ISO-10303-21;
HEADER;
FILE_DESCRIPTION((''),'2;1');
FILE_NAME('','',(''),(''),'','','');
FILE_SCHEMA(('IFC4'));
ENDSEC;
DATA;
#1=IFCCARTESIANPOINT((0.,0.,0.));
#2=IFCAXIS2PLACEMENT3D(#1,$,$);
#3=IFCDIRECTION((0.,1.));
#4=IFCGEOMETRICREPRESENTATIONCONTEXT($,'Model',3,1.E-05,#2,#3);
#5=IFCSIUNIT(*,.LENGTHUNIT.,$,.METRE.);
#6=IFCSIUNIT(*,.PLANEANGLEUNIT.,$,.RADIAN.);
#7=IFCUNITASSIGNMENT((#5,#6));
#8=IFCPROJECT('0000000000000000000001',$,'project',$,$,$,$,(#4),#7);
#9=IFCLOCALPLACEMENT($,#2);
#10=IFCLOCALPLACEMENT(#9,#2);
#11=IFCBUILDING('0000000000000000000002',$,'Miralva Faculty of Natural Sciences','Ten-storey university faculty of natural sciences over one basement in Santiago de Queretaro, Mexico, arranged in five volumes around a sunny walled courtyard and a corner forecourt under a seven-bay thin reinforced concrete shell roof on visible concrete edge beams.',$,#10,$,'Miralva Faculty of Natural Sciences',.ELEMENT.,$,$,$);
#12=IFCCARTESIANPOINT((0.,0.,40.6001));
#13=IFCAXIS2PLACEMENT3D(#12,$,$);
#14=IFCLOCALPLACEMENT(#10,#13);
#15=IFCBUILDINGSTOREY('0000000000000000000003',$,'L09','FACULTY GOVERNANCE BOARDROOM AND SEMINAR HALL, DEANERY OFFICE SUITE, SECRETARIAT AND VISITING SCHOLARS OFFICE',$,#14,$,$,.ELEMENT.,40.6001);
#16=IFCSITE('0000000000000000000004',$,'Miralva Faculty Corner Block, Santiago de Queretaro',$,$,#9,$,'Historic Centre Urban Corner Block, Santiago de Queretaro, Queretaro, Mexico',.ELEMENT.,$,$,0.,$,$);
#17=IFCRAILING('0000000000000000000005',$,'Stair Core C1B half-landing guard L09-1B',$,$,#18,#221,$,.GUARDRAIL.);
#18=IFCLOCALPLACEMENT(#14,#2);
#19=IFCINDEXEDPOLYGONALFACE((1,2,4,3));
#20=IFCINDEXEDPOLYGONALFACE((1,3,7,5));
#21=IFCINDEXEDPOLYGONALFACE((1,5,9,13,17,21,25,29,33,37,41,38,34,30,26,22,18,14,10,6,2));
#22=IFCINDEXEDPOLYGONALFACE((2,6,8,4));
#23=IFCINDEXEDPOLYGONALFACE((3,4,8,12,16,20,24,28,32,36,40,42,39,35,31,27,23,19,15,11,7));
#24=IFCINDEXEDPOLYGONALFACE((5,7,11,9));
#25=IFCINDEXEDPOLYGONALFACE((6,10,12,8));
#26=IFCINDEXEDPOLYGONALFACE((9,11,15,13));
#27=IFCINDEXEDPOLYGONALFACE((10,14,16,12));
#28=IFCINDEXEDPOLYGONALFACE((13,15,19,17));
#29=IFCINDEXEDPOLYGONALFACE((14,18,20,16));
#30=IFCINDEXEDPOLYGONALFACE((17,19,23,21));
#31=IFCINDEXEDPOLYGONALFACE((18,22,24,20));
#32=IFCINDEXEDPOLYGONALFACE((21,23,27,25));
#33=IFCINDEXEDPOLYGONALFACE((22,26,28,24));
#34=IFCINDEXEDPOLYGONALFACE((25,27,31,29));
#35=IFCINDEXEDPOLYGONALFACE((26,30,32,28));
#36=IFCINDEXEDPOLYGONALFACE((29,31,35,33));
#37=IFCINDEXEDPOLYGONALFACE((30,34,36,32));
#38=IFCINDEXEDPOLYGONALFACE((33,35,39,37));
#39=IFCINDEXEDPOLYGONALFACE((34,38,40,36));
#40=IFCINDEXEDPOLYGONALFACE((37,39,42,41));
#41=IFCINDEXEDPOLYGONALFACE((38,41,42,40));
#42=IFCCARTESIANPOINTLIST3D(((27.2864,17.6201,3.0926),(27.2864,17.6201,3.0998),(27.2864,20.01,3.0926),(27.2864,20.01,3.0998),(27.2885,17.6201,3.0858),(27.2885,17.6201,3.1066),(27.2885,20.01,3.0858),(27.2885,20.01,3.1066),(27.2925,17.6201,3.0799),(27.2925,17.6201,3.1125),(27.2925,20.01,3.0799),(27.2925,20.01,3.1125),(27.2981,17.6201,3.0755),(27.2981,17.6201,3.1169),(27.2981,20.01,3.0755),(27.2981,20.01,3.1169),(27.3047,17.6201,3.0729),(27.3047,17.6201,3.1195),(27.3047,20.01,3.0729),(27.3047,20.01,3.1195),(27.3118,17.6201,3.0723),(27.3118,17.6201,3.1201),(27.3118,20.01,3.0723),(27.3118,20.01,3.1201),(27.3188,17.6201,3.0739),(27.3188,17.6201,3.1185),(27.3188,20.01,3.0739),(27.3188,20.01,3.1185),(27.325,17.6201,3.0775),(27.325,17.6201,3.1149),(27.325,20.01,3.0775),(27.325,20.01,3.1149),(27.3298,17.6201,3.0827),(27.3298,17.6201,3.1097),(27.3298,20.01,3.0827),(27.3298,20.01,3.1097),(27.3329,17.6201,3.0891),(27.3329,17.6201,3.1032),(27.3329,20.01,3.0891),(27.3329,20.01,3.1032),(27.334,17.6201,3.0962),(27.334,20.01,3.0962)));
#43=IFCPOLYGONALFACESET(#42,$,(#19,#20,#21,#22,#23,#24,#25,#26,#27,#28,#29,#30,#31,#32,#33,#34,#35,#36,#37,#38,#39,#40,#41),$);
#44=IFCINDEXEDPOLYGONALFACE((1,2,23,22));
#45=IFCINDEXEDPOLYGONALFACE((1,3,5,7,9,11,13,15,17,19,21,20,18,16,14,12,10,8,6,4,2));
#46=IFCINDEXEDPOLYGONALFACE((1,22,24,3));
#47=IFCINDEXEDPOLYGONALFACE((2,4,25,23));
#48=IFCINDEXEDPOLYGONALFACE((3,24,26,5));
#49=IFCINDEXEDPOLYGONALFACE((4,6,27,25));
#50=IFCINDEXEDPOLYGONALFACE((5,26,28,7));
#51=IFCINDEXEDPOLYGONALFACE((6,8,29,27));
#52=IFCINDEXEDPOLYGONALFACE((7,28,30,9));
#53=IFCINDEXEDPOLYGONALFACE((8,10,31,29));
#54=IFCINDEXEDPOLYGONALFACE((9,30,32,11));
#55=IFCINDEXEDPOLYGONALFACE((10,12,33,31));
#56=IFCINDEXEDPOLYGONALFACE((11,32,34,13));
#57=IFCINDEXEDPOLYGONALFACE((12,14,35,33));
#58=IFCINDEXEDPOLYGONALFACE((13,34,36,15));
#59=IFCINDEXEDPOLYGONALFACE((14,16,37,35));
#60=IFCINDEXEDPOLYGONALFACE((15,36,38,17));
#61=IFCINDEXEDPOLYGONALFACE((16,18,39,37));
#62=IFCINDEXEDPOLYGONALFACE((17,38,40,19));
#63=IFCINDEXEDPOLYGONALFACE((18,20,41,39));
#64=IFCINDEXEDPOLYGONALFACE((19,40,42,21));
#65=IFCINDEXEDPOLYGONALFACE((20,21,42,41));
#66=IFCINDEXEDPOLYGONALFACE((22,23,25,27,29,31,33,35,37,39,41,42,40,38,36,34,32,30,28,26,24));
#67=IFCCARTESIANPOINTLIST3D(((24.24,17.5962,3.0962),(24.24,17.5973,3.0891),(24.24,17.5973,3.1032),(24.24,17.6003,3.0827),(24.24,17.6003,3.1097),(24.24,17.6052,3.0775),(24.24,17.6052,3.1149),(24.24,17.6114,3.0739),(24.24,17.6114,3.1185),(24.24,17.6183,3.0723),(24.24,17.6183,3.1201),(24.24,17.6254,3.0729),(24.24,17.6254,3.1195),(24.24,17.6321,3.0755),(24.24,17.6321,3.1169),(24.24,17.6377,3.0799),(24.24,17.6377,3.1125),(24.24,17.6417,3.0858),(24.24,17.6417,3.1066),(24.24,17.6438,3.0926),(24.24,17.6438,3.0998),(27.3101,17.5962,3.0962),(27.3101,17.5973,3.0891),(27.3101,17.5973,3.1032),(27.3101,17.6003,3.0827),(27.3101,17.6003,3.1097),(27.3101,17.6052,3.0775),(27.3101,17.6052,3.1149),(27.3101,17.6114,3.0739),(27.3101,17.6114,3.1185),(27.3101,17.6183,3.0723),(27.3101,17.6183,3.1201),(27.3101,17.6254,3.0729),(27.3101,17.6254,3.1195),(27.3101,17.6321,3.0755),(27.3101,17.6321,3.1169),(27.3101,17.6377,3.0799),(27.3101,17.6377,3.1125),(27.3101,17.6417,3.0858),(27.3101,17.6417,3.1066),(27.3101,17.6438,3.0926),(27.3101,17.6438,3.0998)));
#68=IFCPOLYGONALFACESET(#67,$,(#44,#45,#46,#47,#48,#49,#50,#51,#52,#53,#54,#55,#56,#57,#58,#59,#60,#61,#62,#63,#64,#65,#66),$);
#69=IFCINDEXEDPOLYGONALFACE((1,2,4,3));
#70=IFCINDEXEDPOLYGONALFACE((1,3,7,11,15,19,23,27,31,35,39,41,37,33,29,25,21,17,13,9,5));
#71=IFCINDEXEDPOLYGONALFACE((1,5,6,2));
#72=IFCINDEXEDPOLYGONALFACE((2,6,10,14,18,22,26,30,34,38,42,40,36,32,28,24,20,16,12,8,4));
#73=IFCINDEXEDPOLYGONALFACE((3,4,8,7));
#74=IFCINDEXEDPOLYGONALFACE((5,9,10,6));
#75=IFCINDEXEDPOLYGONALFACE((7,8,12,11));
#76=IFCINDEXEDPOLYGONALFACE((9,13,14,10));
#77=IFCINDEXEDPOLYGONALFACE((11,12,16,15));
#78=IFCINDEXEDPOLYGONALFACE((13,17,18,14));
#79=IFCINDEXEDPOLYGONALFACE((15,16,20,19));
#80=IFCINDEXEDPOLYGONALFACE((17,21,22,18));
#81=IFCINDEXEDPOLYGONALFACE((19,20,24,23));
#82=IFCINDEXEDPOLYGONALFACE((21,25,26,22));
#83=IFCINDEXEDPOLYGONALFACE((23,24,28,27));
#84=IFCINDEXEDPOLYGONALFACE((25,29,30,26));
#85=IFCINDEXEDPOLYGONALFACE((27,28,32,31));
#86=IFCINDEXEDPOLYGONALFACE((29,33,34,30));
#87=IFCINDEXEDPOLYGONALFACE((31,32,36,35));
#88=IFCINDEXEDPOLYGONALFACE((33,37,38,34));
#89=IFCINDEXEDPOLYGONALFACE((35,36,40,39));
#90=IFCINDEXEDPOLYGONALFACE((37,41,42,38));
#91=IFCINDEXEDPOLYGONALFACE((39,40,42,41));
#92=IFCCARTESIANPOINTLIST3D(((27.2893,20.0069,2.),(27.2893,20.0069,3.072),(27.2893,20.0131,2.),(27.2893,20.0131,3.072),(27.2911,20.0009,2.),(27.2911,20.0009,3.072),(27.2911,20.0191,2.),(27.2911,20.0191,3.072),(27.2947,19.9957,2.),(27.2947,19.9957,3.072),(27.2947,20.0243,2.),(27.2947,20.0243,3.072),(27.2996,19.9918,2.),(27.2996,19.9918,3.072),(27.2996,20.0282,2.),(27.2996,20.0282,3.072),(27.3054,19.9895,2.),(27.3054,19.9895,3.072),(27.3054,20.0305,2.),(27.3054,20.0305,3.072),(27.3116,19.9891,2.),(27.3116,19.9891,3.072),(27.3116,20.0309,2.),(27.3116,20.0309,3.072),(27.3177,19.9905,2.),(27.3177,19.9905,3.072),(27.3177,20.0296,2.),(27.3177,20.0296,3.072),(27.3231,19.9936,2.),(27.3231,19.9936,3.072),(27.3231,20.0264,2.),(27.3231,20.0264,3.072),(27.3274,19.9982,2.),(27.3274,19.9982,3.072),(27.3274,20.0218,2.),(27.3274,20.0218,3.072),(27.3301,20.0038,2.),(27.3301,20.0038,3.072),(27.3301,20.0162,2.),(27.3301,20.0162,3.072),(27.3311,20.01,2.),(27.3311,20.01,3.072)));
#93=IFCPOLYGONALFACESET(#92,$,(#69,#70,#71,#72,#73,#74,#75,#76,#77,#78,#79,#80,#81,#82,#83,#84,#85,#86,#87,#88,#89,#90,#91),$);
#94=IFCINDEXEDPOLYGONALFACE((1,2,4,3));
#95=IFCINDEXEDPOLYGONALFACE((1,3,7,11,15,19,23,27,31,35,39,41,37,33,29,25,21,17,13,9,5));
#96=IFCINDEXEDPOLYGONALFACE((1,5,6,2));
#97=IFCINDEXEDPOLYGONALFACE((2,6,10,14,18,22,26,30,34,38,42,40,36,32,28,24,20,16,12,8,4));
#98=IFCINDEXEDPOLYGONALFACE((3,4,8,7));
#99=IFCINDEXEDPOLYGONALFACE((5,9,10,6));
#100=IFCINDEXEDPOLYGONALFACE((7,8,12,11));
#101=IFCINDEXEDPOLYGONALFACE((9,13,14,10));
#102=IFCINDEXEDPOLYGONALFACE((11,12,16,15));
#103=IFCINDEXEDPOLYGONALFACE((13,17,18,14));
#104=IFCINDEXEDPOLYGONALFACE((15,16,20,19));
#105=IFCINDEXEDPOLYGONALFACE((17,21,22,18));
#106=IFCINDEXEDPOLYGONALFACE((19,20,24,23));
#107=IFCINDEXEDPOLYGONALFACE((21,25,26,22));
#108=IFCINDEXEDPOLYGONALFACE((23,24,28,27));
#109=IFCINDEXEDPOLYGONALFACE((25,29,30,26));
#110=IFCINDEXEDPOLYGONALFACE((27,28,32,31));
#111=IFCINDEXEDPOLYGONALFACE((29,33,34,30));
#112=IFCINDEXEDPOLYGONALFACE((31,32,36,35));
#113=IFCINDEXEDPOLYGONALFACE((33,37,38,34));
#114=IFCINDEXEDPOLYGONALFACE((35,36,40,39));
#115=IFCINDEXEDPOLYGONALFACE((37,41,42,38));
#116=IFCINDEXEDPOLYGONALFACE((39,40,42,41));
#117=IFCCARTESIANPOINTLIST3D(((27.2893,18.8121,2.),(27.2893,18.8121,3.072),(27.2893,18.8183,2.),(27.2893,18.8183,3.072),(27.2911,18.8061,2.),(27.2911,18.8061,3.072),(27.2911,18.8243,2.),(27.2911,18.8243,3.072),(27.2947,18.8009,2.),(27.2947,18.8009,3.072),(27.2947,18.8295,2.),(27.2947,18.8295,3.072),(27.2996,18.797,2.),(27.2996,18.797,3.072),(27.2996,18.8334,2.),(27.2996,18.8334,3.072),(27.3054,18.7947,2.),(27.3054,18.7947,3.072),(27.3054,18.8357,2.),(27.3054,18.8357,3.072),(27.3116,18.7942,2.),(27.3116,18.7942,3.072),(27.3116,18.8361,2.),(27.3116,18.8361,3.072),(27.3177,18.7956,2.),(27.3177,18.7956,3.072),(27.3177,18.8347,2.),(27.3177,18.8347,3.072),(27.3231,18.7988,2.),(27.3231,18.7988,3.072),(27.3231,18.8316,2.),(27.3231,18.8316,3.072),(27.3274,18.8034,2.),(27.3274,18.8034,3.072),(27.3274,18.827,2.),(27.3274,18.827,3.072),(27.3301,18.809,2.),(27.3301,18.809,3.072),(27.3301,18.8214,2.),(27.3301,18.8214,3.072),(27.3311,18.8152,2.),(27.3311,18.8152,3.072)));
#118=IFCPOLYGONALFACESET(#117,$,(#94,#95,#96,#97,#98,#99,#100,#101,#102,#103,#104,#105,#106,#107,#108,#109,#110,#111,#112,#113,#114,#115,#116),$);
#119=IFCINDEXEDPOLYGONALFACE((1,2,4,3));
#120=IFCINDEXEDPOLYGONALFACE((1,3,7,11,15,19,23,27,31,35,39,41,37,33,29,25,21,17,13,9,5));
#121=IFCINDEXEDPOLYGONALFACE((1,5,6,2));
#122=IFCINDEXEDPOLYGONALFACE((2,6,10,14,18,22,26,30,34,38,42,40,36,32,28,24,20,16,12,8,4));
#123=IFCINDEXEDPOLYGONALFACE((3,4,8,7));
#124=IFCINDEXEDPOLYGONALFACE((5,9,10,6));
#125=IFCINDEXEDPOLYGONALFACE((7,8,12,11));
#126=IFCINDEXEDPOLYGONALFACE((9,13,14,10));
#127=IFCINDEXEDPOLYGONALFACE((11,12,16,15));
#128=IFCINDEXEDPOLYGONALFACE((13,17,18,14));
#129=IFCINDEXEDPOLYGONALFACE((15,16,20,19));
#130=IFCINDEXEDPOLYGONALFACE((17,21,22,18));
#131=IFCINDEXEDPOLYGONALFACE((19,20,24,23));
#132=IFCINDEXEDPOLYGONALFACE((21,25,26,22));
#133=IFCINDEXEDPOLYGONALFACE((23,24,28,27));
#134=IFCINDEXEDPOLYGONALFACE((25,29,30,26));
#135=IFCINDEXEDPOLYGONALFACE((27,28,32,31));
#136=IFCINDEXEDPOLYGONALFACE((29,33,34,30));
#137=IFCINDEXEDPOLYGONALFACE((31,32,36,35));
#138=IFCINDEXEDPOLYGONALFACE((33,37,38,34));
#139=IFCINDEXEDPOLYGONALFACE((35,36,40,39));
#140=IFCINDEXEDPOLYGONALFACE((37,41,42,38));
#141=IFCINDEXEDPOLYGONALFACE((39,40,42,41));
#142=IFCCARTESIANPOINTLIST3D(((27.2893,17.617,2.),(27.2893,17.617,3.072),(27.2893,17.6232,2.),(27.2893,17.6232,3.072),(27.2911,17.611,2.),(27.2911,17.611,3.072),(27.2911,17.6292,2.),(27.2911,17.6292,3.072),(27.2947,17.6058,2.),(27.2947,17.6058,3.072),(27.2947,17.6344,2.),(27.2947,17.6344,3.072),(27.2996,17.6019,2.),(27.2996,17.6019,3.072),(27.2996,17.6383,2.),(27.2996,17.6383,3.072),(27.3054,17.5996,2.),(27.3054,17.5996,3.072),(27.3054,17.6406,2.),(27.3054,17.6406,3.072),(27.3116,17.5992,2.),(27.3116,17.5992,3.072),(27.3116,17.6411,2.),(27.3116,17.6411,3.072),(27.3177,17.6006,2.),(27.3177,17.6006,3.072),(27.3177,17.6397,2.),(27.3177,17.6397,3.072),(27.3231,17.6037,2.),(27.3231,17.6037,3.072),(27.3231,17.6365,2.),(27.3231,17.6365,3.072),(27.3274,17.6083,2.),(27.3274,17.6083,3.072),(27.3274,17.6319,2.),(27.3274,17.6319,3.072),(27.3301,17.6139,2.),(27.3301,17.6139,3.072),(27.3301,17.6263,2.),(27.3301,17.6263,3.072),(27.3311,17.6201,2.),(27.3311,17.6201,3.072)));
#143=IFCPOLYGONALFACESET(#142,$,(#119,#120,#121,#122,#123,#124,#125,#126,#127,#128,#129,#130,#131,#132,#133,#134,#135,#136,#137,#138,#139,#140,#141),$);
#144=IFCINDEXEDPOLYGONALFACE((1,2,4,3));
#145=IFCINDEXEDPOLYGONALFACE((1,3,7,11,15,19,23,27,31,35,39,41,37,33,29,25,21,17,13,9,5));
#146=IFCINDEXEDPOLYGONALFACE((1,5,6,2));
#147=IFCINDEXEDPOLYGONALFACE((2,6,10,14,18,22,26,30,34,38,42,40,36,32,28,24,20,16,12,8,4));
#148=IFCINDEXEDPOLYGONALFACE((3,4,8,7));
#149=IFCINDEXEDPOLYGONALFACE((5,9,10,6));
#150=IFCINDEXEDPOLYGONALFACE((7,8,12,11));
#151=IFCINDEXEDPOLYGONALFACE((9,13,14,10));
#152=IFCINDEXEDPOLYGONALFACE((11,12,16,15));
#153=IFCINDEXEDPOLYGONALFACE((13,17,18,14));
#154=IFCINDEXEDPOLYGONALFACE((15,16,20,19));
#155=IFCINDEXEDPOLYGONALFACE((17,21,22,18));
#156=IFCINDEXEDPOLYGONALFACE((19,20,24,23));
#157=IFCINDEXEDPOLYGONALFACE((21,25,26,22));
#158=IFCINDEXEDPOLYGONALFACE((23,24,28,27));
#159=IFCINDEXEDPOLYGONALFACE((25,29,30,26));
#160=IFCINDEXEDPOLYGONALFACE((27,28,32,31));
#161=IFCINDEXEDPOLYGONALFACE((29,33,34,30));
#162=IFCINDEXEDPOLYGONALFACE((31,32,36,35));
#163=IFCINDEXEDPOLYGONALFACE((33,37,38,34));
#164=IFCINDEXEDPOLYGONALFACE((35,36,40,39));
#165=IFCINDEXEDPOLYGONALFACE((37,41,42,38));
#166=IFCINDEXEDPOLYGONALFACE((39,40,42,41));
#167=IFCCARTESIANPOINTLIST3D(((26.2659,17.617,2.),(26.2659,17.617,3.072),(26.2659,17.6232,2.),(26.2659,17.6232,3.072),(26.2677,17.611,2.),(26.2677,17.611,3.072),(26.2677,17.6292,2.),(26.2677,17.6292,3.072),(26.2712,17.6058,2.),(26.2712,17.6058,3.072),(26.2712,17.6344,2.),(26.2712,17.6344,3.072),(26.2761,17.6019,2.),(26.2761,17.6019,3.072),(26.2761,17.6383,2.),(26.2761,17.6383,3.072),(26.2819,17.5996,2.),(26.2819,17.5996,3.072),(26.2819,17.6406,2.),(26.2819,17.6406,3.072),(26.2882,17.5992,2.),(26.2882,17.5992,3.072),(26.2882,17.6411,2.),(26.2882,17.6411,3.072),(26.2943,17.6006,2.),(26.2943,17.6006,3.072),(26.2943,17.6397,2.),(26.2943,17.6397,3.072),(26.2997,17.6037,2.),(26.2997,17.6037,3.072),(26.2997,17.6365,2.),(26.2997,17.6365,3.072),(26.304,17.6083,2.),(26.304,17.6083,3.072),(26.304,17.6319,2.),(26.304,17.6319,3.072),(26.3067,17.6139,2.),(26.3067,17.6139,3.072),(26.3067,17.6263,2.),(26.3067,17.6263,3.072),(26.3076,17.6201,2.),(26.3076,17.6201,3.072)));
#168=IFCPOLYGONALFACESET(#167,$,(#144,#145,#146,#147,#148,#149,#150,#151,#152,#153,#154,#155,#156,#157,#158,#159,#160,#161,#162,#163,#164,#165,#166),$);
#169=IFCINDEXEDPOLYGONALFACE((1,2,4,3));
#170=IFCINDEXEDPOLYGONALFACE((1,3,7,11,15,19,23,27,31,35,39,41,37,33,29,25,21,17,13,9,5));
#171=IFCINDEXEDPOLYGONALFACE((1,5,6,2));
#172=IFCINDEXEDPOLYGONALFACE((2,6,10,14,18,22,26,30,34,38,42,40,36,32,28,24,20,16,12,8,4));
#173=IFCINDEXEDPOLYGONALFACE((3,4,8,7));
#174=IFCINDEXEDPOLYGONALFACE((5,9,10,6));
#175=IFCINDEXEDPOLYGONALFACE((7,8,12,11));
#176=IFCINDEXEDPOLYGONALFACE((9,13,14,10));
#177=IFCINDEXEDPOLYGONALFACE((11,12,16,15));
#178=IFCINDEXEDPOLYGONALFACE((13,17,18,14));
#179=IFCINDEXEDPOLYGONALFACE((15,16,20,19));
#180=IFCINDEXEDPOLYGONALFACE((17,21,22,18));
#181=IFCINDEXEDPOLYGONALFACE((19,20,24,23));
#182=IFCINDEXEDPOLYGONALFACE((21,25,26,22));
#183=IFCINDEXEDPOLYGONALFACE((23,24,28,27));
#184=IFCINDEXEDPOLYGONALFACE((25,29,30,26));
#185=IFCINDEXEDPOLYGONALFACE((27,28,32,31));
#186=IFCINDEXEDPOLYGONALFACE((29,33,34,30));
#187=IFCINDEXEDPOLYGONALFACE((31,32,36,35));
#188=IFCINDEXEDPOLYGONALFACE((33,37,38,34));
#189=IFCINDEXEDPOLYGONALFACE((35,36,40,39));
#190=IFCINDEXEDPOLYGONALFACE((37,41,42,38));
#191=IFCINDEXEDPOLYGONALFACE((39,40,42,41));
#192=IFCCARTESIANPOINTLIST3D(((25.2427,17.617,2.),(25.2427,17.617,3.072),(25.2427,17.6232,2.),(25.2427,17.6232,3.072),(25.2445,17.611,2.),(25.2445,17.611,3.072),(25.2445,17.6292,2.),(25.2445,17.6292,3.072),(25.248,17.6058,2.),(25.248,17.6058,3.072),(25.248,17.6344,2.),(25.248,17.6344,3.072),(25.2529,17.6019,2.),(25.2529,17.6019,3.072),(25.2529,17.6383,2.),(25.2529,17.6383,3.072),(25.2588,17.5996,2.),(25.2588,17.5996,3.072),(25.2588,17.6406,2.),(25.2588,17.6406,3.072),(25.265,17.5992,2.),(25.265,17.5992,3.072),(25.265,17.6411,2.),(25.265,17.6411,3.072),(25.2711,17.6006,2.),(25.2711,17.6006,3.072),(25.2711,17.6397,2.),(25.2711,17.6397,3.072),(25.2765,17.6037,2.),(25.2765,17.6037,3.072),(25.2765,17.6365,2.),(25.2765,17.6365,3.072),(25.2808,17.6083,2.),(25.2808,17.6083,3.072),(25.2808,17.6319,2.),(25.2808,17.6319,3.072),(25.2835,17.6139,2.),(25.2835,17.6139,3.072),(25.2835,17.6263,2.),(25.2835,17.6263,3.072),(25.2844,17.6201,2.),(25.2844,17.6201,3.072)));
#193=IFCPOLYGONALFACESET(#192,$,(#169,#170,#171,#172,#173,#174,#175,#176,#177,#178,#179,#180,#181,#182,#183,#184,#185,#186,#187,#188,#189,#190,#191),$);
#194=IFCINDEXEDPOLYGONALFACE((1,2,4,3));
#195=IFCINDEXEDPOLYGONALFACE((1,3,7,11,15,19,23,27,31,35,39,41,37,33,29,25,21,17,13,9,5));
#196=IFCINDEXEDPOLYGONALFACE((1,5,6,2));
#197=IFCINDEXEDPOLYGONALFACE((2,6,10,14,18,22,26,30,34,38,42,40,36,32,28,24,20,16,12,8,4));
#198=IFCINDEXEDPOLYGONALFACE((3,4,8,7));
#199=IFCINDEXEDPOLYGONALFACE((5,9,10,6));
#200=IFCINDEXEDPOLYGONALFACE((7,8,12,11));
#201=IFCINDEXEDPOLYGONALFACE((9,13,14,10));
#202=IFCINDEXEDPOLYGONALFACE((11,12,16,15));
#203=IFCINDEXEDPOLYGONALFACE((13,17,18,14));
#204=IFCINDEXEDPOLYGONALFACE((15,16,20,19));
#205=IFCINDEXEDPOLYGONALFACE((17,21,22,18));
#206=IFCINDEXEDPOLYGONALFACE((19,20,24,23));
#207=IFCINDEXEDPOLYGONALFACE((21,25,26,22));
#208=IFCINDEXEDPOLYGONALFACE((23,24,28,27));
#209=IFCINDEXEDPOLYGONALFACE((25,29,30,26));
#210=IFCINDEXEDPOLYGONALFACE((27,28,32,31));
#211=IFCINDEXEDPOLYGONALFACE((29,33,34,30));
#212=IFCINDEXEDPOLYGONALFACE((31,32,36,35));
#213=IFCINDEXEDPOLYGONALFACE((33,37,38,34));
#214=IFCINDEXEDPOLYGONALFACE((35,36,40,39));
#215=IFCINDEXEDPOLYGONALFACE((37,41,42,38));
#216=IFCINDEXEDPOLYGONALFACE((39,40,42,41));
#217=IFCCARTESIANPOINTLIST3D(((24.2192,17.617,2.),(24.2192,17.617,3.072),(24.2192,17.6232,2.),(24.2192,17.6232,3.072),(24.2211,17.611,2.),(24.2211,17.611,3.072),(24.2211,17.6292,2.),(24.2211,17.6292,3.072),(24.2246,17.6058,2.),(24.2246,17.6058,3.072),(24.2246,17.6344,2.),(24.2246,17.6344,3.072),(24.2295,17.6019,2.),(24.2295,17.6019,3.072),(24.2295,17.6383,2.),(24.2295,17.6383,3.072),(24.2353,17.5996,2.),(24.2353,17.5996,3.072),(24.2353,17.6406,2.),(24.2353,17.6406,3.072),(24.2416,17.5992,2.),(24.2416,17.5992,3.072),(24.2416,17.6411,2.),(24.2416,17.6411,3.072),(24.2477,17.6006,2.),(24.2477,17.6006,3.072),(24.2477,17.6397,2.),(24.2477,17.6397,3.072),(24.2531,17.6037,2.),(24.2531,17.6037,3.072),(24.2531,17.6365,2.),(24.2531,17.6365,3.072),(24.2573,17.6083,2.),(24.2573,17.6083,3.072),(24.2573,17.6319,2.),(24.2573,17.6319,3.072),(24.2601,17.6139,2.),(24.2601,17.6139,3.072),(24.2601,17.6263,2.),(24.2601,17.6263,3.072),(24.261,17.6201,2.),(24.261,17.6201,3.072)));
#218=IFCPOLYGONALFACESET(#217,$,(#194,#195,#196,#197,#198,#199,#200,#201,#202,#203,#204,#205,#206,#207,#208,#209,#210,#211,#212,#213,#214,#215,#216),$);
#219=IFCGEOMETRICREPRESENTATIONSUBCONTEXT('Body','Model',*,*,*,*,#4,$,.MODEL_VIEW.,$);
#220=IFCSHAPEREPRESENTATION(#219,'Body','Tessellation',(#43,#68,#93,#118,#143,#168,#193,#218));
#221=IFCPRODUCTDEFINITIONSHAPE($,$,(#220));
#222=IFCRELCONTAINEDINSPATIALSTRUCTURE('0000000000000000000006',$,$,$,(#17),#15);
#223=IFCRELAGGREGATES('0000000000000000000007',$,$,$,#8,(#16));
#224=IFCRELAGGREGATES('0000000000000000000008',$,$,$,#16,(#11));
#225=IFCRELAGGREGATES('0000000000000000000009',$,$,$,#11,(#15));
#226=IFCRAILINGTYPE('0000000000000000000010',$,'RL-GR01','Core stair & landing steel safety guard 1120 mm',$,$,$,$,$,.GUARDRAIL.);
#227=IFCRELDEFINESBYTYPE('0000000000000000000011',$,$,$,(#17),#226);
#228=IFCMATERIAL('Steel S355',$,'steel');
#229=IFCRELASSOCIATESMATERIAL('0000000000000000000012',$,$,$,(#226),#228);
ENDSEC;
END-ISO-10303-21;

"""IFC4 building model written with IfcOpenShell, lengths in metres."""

from ifc_helpers import new_model, si_unit, direction, frame, origin, origin_2d, place, context, subcontext, project, spatial, circle, extrude, material, type_object, element, save


model = new_model("IFC4")

# Units and contexts
model_context = context("Model", 3, precision=1e-05, world=origin(), true_north=direction((0.0, 1.0)))
body_context = subcontext(model_context, "Body", "Model", "MODEL_VIEW")
ifc_project = project(units=[si_unit("LENGTHUNIT", "METRE"), si_unit("PLANEANGLEUNIT", "RADIAN")], contexts=[model_context])

# Site, building, storey
site_placement = place(None, origin())
site = spatial("IfcSite", under=ifc_project, at=site_placement, Name="Miralva Faculty Corner Block, Santiago de Queretaro", LongName="Historic Centre Urban Corner Block, Santiago de Queretaro, Queretaro, Mexico", CompositionType="ELEMENT", RefElevation=0.0)
building_placement = place(site_placement, origin())
building = spatial("IfcBuilding", under=site, at=building_placement, Name="Miralva Faculty of Natural Sciences", Description="Ten-storey university faculty of natural sciences over one basement in Santiago de Queretaro, Mexico, arranged in five volumes around a sunny walled courtyard and a corner forecourt under a seven-bay thin reinforced concrete shell roof on visible concrete edge beams.", LongName="Miralva Faculty of Natural Sciences", CompositionType="ELEMENT")
storey_placement = place(building_placement, frame((0.0, 0.0, 40.6001)))
storey = spatial("IfcBuildingStorey", under=building, at=storey_placement, Name="L09", Description="FACULTY GOVERNANCE BOARDROOM AND SEMINAR HALL, DEANERY OFFICE SUITE, SECRETARIAT AND VISITING SCHOLARS OFFICE", CompositionType="ELEMENT", Elevation=40.6001)

# Railing
ifc_material_1 = material(Name="Steel S355", Category="steel")
railing_type_1 = type_object("IfcRailingType", Name="RL-GR01", Description="Core stair & landing steel safety guard 1120 mm", PredefinedType="GUARDRAIL", material=ifc_material_1)
railing_1_placement = place(storey_placement, frame((27.3101, 20.01, 2.0)))
element("IfcRailing", 1, at=railing_1_placement, inside=storey, type_object=railing_type_1, Name="Stair Core C1B half-landing guard L09-1B", PredefinedType="GUARDRAIL", context=body_context, shape_type="SweptSolid", body=[
    extrude(circle(Radius=0.0239, at=origin_2d()), frame((0.0, 0.0, 1.0962), z_axis=(0.0, -1.0, 0.0), x_axis=(1.0, 0.0, 0.0)), (0.0, 0.0, 1.0), 2.3899),
    extrude(circle(Radius=0.0239, at=origin_2d()), frame((0.0, -2.3899, 1.0962), z_axis=(-1.0, 0.0, 0.0), x_axis=(0.0, -1.0, 0.0)), (0.0, 0.0, 1.0), 3.0701),
    extrude(circle(Radius=0.021, at=origin_2d()), origin(), (0.0, 0.0, 1.0), 1.072),
    extrude(circle(Radius=0.021, at=origin_2d()), frame((0.0, -1.1948, 0.0)), (0.0, 0.0, 1.0), 1.072),
    extrude(circle(Radius=0.021, at=origin_2d()), frame((0.0, -2.3899, 0.0)), (0.0, 0.0, 1.0), 1.072),
    extrude(circle(Radius=0.021, at=origin_2d()), frame((-1.0234, -2.3899, 0.0)), (0.0, 0.0, 1.0), 1.072),
    extrude(circle(Radius=0.021, at=origin_2d()), frame((-2.0466, -2.3899, 0.0)), (0.0, 0.0, 1.0), 1.072),
    extrude(circle(Radius=0.021, at=origin_2d()), frame((-3.0701, -2.3899, 0.0)), (0.0, 0.0, 1.0), 1.072),
])

save(model, "model.ifc")
